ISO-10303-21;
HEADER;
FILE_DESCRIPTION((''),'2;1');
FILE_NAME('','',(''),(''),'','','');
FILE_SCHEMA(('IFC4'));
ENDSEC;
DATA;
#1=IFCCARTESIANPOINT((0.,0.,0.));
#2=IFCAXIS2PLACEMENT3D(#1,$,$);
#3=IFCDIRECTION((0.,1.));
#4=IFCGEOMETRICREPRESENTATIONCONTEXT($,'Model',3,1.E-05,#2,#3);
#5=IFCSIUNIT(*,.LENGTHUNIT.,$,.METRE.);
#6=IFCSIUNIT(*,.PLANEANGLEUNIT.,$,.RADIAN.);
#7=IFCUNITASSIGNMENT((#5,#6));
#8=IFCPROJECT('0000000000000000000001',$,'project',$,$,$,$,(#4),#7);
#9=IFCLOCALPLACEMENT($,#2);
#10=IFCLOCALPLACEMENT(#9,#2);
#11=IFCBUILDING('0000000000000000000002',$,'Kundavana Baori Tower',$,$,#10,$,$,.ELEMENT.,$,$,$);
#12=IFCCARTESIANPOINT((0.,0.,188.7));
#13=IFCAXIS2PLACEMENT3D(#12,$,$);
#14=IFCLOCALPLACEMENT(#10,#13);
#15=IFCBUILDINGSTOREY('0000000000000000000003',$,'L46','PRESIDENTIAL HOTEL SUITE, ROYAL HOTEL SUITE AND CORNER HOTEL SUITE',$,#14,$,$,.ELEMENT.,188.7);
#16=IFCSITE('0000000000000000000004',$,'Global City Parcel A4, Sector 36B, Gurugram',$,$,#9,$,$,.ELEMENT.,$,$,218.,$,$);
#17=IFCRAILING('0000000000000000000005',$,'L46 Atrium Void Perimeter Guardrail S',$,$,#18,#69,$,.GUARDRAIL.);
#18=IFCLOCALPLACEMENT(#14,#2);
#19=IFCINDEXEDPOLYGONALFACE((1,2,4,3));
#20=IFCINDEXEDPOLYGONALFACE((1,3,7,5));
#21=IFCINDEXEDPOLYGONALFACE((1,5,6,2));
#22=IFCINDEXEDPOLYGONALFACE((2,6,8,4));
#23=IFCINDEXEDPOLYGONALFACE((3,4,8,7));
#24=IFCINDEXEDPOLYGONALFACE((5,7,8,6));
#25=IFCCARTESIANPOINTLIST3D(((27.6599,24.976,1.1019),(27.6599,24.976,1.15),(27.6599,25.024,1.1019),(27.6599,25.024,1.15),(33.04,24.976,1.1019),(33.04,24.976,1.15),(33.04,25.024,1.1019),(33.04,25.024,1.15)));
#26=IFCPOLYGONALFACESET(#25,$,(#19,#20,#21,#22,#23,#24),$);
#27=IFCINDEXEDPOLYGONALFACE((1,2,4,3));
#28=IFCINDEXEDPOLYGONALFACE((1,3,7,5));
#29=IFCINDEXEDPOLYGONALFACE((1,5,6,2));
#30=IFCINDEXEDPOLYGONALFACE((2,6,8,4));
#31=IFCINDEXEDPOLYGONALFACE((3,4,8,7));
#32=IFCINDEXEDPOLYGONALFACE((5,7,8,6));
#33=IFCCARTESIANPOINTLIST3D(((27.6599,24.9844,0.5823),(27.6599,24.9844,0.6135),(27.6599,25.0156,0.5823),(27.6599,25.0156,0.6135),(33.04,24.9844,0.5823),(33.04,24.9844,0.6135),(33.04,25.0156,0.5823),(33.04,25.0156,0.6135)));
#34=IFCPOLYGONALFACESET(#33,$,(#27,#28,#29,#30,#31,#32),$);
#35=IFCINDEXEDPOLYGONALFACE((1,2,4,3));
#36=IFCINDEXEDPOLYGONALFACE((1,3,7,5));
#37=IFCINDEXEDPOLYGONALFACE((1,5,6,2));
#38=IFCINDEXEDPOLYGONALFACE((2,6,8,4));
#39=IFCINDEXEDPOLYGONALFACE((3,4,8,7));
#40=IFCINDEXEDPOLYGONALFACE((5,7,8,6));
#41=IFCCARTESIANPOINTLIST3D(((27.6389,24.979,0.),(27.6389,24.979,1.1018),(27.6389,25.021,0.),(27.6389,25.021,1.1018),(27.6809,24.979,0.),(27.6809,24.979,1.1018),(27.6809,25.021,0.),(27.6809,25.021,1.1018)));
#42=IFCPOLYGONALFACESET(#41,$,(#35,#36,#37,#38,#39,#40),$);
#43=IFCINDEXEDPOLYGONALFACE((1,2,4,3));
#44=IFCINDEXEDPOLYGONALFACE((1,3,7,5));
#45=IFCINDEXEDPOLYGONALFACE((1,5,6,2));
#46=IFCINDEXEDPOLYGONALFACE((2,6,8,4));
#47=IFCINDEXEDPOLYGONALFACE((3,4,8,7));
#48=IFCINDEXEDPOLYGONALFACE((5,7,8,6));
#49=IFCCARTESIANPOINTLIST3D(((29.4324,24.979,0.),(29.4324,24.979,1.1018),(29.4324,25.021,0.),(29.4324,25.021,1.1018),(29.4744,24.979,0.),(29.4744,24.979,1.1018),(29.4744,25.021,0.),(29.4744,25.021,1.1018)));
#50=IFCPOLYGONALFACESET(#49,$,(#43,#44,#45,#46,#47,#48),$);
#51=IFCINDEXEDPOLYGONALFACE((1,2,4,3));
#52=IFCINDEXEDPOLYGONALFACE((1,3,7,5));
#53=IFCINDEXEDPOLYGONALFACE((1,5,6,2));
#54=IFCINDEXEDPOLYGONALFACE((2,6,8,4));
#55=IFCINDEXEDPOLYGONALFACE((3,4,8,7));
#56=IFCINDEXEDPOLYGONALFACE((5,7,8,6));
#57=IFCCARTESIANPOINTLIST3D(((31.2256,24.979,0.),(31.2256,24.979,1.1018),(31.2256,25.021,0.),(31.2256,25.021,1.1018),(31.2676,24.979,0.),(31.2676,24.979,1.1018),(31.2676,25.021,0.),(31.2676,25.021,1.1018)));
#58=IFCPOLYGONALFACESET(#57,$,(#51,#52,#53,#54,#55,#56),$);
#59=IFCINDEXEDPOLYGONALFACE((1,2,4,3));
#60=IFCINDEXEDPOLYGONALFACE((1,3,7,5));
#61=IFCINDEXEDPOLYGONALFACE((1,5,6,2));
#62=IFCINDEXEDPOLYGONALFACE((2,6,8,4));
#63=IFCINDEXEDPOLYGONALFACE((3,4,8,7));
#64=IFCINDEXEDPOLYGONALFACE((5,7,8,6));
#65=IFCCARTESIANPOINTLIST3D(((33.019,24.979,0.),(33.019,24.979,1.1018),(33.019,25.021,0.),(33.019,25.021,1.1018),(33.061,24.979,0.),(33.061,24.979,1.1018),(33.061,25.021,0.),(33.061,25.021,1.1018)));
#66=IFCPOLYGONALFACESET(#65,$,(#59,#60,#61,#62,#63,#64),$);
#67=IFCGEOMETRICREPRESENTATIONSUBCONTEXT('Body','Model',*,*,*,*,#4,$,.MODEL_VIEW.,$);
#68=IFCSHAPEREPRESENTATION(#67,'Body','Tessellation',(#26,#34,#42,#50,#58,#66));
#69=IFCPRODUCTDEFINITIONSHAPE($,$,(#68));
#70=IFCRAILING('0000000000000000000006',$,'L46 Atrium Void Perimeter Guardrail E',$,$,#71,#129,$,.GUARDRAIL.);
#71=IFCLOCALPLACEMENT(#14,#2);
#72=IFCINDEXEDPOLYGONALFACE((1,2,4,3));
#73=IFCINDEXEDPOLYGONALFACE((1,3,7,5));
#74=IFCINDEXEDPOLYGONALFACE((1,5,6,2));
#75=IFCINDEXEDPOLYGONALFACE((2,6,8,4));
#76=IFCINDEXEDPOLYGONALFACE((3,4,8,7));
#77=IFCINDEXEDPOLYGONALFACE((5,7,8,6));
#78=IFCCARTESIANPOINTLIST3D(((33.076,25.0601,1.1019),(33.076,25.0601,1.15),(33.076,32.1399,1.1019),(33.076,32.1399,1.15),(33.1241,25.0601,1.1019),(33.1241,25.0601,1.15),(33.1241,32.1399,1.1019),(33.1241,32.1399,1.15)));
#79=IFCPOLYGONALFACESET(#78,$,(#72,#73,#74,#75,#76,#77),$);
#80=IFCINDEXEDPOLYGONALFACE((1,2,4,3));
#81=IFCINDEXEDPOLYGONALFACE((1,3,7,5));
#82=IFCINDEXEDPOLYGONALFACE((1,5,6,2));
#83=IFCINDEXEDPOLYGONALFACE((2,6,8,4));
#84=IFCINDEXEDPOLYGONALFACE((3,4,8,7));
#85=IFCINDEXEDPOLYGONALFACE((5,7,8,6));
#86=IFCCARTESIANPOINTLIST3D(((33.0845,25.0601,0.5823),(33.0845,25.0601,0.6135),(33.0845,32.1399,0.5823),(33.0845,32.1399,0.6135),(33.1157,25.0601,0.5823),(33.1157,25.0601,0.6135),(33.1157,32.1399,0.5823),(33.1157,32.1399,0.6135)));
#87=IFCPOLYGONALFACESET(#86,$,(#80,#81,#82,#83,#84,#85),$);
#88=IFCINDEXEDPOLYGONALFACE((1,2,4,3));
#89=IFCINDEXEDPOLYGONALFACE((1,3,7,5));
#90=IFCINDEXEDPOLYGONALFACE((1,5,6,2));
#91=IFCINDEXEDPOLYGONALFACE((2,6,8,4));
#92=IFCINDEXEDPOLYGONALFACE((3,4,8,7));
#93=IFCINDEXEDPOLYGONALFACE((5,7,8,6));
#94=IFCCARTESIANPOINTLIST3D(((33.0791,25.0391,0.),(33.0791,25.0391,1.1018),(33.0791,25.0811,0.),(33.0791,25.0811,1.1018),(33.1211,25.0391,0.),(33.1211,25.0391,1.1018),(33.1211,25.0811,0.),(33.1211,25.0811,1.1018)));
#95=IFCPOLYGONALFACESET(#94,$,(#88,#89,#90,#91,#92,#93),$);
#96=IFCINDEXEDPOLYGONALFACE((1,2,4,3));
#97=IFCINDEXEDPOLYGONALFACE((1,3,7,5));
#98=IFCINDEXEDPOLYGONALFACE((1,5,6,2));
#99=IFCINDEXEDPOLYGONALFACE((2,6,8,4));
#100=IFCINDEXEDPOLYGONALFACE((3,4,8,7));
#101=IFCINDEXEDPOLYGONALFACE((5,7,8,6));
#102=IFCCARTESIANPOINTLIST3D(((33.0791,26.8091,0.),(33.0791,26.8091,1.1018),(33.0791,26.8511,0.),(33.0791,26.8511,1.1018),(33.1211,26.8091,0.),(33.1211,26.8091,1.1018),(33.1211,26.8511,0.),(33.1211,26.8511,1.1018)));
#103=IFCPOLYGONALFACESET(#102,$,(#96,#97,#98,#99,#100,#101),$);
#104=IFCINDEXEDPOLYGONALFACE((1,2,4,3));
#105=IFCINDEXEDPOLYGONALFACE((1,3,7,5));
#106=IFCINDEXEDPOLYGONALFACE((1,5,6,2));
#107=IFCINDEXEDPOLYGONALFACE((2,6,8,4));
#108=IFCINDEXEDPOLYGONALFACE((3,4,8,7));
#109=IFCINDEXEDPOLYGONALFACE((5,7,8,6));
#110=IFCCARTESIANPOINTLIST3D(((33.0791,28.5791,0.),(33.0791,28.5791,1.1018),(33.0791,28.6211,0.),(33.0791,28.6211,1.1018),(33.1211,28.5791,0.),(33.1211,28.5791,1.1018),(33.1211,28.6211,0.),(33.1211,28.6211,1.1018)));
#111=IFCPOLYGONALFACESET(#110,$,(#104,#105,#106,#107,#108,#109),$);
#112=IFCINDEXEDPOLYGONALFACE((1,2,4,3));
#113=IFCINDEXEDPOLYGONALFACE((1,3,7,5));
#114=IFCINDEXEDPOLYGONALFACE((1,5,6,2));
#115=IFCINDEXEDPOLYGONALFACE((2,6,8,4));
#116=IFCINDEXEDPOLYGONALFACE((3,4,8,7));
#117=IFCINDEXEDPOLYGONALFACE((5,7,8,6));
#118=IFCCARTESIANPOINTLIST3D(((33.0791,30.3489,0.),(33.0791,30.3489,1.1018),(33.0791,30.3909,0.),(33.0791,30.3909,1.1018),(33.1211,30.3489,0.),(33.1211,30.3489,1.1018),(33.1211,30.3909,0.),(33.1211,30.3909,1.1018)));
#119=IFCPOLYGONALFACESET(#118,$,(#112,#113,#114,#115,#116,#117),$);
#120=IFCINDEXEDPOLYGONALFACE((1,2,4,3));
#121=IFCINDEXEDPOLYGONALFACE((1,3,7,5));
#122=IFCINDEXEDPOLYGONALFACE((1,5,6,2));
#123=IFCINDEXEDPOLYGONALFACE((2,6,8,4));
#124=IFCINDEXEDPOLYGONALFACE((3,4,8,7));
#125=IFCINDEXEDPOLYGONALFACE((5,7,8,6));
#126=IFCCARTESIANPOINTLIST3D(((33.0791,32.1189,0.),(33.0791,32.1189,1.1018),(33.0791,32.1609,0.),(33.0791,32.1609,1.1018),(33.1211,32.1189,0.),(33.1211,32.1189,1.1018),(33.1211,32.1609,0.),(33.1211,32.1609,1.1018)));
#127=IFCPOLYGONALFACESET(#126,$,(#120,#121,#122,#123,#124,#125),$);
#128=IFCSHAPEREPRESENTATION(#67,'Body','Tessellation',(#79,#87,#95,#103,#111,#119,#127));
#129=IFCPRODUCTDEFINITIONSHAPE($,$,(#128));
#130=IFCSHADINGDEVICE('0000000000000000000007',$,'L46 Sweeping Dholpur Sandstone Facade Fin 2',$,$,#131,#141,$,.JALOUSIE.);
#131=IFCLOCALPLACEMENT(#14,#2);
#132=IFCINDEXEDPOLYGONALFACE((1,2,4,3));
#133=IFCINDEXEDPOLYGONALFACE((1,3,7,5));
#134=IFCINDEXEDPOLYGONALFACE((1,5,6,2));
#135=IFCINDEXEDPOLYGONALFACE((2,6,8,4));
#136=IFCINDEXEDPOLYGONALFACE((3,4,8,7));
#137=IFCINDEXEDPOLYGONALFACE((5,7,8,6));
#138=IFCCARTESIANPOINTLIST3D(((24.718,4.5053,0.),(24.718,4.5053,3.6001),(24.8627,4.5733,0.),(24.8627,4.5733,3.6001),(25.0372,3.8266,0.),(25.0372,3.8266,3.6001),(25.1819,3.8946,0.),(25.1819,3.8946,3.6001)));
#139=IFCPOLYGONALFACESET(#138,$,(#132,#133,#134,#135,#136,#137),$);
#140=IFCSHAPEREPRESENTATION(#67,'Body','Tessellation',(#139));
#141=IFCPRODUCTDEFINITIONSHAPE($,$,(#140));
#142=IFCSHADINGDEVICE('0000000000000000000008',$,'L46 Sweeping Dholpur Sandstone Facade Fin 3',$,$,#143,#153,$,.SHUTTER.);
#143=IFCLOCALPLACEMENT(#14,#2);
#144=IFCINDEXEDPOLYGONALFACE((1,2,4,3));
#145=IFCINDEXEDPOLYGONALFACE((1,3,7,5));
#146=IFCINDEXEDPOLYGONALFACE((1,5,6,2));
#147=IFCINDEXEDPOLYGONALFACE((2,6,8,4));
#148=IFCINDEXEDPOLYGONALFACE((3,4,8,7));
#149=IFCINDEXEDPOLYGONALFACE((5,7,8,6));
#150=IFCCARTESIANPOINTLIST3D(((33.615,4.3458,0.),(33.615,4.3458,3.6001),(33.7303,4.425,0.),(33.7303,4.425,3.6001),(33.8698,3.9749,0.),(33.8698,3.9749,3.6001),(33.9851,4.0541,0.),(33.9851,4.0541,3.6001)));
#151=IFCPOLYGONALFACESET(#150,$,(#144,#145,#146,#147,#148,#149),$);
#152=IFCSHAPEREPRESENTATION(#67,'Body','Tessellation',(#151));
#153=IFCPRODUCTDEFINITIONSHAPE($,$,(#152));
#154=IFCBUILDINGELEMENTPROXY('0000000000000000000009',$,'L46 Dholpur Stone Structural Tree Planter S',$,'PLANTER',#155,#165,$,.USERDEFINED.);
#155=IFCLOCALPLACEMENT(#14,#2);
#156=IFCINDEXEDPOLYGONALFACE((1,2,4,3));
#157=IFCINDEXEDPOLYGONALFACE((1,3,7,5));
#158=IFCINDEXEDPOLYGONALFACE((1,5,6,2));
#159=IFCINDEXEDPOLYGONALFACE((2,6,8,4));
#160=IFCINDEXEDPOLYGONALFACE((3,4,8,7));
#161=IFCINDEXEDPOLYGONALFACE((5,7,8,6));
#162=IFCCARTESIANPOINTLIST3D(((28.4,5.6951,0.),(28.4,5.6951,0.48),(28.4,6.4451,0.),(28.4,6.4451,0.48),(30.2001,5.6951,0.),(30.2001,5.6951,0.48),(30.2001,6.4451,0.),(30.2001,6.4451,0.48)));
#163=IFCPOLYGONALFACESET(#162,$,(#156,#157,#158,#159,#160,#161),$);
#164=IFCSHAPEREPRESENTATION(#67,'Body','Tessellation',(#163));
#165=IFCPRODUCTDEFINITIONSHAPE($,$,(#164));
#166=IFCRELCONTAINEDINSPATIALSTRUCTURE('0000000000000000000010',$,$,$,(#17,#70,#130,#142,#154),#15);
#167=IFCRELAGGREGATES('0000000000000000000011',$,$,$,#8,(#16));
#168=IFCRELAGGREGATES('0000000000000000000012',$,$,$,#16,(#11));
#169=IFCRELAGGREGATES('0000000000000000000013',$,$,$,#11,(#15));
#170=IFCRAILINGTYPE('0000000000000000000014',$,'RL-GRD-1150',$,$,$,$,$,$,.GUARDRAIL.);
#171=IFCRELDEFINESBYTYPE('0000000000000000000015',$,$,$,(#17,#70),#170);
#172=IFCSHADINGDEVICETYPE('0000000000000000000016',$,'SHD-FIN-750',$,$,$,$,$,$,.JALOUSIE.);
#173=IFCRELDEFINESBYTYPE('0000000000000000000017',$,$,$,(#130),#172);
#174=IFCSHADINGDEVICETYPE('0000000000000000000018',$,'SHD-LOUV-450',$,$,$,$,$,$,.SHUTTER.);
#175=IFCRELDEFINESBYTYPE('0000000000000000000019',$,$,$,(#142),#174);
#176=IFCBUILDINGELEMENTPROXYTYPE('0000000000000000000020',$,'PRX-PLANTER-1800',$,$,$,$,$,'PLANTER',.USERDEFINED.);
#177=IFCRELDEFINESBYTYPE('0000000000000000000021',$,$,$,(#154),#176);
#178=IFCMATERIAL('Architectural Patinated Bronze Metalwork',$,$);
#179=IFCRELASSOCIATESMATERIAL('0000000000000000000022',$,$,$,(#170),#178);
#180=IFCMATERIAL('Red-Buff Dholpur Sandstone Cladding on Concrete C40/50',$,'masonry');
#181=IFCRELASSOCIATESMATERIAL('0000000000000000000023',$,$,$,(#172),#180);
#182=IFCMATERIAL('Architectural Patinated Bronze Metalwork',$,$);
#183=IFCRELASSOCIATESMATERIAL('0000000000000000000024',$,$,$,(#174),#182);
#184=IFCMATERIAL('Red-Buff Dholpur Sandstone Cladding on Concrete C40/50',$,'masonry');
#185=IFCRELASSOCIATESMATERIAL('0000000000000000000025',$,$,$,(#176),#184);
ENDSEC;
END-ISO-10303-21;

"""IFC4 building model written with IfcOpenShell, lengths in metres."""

from ifc_helpers import new_model, si_unit, direction, frame, origin, origin_2d, place, context, subcontext, project, spatial, rectangle, extrude, material, type_object, element, save


model = new_model("IFC4")

# Units and contexts
model_context = context("Model", 3, precision=1e-05, world=origin(), true_north=direction((0.0, 1.0)))
body_context = subcontext(model_context, "Body", "Model", "MODEL_VIEW")
ifc_project = project(units=[si_unit("LENGTHUNIT", "METRE"), si_unit("PLANEANGLEUNIT", "RADIAN")], contexts=[model_context])

# Site, building, storey
site_placement = place(None, origin())
site = spatial("IfcSite", under=ifc_project, at=site_placement, Name="Global City Parcel A4, Sector 36B, Gurugram", CompositionType="ELEMENT", RefElevation=218.0)
building_placement = place(site_placement, origin())
building = spatial("IfcBuilding", under=site, at=building_placement, Name="Kundavana Baori Tower", CompositionType="ELEMENT")
storey_placement = place(building_placement, frame((0.0, 0.0, 188.7)))
storey = spatial("IfcBuildingStorey", under=building, at=storey_placement, Name="L46", Description="PRESIDENTIAL HOTEL SUITE, ROYAL HOTEL SUITE AND CORNER HOTEL SUITE", CompositionType="ELEMENT", Elevation=188.7)

# Railings
ifc_material_1 = material(Name="Architectural Patinated Bronze Metalwork")
railing_type = type_object("IfcRailingType", Name="RL-GRD-1150", PredefinedType="GUARDRAIL", material=ifc_material_1)
railing_1_placement = place(storey_placement, frame((27.6599, 25.0, 0.0)))
element("IfcRailing", 1, at=railing_1_placement, inside=storey, type_object=railing_type, Name="L46 Atrium Void Perimeter Guardrail S", PredefinedType="GUARDRAIL", context=body_context, shape_type="SweptSolid", body=[
    extrude(rectangle(XDim=0.0481, YDim=0.0481, at=origin_2d()), frame((0.0, 0.0, 1.126), z_axis=(1.0, 0.0, 0.0), x_axis=(0.0, 1.0, 0.0)), (0.0, 0.0, 1.0), 5.3801),
    extrude(rectangle(XDim=0.0312, YDim=0.0312, at=origin_2d()), frame((0.0, 0.0, 0.5979), z_axis=(1.0, 0.0, 0.0), x_axis=(0.0, 1.0, 0.0)), (0.0, 0.0, 1.0), 5.3801),
    extrude(rectangle(XDim=0.042, YDim=0.042, at=origin_2d()), origin(), (0.0, 0.0, 1.0), 1.1018),
    extrude(rectangle(XDim=0.042, YDim=0.042, at=origin_2d()), frame((1.7935, 0.0, 0.0)), (0.0, 0.0, 1.0), 1.1018),
    extrude(rectangle(XDim=0.042, YDim=0.042, at=origin_2d()), frame((3.5867, 0.0, 0.0)), (0.0, 0.0, 1.0), 1.1018),
    extrude(rectangle(XDim=0.042, YDim=0.042, at=origin_2d()), frame((5.3801, 0.0, 0.0)), (0.0, 0.0, 1.0), 1.1018),
])
railing_2_placement = place(storey_placement, frame((33.1001, 25.0601, 0.0)))
element("IfcRailing", 2, at=railing_2_placement, inside=storey, type_object=railing_type, Name="L46 Atrium Void Perimeter Guardrail E", PredefinedType="GUARDRAIL", context=body_context, shape_type="SweptSolid", body=[
    extrude(rectangle(XDim=0.0481, YDim=0.0481, at=origin_2d()), frame((0.0, 0.0, 1.126), z_axis=(0.0, 1.0, 0.0), x_axis=(-1.0, 0.0, 0.0)), (0.0, 0.0, 1.0), 7.0798),
    extrude(rectangle(XDim=0.0312, YDim=0.0312, at=origin_2d()), frame((0.0, 0.0, 0.5979), z_axis=(0.0, 1.0, 0.0), x_axis=(-1.0, 0.0, 0.0)), (0.0, 0.0, 1.0), 7.0798),
    extrude(rectangle(XDim=0.042, YDim=0.042, at=origin_2d()), origin(), (0.0, 0.0, 1.0), 1.1018),
    extrude(rectangle(XDim=0.042, YDim=0.042, at=origin_2d()), frame((0.0, 1.77, 0.0)), (0.0, 0.0, 1.0), 1.1018),
    extrude(rectangle(XDim=0.042, YDim=0.042, at=origin_2d()), frame((0.0, 3.54, 0.0)), (0.0, 0.0, 1.0), 1.1018),
    extrude(rectangle(XDim=0.042, YDim=0.042, at=origin_2d()), frame((0.0, 5.3098, 0.0)), (0.0, 0.0, 1.0), 1.1018),
    extrude(rectangle(XDim=0.042, YDim=0.042, at=origin_2d()), frame((0.0, 7.0798, 0.0)), (0.0, 0.0, 1.0), 1.1018),
])

# Shading devices
ifc_material_2 = material(Name="Red-Buff Dholpur Sandstone Cladding on Concrete C40/50", Category="masonry")
shading_device_type_1 = type_object("IfcShadingDeviceType", Name="SHD-FIN-750", PredefinedType="JALOUSIE", material=ifc_material_2)
shading_device_1_placement = place(storey_placement, frame((24.95, 4.2, 0.0), z_axis=(0.0, 0.0, 1.0), x_axis=(0.904901, 0.425621, 0.0)))
element("IfcShadingDevice", 3, at=shading_device_1_placement, inside=storey, type_object=shading_device_type_1, Name="L46 Sweeping Dholpur Sandstone Facade Fin 2", PredefinedType="JALOUSIE", context=body_context, shape_type="SweptSolid", body=[
    extrude(rectangle(XDim=0.1599, YDim=0.75, at=origin_2d()), origin(), (0.0, 0.0, 1.0), 3.6001),
])
ifc_material_3 = material(Name="Architectural Patinated Bronze Metalwork")
shading_device_type_2 = type_object("IfcShadingDeviceType", Name="SHD-LOUV-450", PredefinedType="SHUTTER", material=ifc_material_3)
shading_device_2_placement = place(storey_placement, frame((33.8, 4.2, 0.0), z_axis=(0.0, 0.0, 1.0), x_axis=(0.824324, 0.566119, 0.0)))
element("IfcShadingDevice", 4, at=shading_device_2_placement, inside=storey, type_object=shading_device_type_2, Name="L46 Sweeping Dholpur Sandstone Facade Fin 3", PredefinedType="SHUTTER", context=body_context, shape_type="SweptSolid", body=[
    extrude(rectangle(XDim=0.1399, YDim=0.45, at=origin_2d()), origin(), (0.0, 0.0, 1.0), 3.6001),
])

# Building element proxy
ifc_material_4 = material(Name="Red-Buff Dholpur Sandstone Cladding on Concrete C40/50", Category="masonry")
building_element_proxy_type = type_object("IfcBuildingElementProxyType", Name="PRX-PLANTER-1800", ElementType="PLANTER", PredefinedType="USERDEFINED", material=ifc_material_4)
proxy_placement = place(storey_placement, frame((29.3, 6.0701, 0.0), z_axis=(0.0, 0.0, 1.0), x_axis=(1.0, 0.0, 0.0)))
element("IfcBuildingElementProxy", 5, at=proxy_placement, inside=storey, type_object=building_element_proxy_type, Name="L46 Dholpur Stone Structural Tree Planter S", ObjectType="PLANTER", PredefinedType="USERDEFINED", context=body_context, shape_type="SweptSolid", body=[
    extrude(rectangle(XDim=1.8, YDim=0.75, at=origin_2d()), origin(), (0.0, 0.0, 1.0), 0.48),
])

save(model, "model.ifc")
